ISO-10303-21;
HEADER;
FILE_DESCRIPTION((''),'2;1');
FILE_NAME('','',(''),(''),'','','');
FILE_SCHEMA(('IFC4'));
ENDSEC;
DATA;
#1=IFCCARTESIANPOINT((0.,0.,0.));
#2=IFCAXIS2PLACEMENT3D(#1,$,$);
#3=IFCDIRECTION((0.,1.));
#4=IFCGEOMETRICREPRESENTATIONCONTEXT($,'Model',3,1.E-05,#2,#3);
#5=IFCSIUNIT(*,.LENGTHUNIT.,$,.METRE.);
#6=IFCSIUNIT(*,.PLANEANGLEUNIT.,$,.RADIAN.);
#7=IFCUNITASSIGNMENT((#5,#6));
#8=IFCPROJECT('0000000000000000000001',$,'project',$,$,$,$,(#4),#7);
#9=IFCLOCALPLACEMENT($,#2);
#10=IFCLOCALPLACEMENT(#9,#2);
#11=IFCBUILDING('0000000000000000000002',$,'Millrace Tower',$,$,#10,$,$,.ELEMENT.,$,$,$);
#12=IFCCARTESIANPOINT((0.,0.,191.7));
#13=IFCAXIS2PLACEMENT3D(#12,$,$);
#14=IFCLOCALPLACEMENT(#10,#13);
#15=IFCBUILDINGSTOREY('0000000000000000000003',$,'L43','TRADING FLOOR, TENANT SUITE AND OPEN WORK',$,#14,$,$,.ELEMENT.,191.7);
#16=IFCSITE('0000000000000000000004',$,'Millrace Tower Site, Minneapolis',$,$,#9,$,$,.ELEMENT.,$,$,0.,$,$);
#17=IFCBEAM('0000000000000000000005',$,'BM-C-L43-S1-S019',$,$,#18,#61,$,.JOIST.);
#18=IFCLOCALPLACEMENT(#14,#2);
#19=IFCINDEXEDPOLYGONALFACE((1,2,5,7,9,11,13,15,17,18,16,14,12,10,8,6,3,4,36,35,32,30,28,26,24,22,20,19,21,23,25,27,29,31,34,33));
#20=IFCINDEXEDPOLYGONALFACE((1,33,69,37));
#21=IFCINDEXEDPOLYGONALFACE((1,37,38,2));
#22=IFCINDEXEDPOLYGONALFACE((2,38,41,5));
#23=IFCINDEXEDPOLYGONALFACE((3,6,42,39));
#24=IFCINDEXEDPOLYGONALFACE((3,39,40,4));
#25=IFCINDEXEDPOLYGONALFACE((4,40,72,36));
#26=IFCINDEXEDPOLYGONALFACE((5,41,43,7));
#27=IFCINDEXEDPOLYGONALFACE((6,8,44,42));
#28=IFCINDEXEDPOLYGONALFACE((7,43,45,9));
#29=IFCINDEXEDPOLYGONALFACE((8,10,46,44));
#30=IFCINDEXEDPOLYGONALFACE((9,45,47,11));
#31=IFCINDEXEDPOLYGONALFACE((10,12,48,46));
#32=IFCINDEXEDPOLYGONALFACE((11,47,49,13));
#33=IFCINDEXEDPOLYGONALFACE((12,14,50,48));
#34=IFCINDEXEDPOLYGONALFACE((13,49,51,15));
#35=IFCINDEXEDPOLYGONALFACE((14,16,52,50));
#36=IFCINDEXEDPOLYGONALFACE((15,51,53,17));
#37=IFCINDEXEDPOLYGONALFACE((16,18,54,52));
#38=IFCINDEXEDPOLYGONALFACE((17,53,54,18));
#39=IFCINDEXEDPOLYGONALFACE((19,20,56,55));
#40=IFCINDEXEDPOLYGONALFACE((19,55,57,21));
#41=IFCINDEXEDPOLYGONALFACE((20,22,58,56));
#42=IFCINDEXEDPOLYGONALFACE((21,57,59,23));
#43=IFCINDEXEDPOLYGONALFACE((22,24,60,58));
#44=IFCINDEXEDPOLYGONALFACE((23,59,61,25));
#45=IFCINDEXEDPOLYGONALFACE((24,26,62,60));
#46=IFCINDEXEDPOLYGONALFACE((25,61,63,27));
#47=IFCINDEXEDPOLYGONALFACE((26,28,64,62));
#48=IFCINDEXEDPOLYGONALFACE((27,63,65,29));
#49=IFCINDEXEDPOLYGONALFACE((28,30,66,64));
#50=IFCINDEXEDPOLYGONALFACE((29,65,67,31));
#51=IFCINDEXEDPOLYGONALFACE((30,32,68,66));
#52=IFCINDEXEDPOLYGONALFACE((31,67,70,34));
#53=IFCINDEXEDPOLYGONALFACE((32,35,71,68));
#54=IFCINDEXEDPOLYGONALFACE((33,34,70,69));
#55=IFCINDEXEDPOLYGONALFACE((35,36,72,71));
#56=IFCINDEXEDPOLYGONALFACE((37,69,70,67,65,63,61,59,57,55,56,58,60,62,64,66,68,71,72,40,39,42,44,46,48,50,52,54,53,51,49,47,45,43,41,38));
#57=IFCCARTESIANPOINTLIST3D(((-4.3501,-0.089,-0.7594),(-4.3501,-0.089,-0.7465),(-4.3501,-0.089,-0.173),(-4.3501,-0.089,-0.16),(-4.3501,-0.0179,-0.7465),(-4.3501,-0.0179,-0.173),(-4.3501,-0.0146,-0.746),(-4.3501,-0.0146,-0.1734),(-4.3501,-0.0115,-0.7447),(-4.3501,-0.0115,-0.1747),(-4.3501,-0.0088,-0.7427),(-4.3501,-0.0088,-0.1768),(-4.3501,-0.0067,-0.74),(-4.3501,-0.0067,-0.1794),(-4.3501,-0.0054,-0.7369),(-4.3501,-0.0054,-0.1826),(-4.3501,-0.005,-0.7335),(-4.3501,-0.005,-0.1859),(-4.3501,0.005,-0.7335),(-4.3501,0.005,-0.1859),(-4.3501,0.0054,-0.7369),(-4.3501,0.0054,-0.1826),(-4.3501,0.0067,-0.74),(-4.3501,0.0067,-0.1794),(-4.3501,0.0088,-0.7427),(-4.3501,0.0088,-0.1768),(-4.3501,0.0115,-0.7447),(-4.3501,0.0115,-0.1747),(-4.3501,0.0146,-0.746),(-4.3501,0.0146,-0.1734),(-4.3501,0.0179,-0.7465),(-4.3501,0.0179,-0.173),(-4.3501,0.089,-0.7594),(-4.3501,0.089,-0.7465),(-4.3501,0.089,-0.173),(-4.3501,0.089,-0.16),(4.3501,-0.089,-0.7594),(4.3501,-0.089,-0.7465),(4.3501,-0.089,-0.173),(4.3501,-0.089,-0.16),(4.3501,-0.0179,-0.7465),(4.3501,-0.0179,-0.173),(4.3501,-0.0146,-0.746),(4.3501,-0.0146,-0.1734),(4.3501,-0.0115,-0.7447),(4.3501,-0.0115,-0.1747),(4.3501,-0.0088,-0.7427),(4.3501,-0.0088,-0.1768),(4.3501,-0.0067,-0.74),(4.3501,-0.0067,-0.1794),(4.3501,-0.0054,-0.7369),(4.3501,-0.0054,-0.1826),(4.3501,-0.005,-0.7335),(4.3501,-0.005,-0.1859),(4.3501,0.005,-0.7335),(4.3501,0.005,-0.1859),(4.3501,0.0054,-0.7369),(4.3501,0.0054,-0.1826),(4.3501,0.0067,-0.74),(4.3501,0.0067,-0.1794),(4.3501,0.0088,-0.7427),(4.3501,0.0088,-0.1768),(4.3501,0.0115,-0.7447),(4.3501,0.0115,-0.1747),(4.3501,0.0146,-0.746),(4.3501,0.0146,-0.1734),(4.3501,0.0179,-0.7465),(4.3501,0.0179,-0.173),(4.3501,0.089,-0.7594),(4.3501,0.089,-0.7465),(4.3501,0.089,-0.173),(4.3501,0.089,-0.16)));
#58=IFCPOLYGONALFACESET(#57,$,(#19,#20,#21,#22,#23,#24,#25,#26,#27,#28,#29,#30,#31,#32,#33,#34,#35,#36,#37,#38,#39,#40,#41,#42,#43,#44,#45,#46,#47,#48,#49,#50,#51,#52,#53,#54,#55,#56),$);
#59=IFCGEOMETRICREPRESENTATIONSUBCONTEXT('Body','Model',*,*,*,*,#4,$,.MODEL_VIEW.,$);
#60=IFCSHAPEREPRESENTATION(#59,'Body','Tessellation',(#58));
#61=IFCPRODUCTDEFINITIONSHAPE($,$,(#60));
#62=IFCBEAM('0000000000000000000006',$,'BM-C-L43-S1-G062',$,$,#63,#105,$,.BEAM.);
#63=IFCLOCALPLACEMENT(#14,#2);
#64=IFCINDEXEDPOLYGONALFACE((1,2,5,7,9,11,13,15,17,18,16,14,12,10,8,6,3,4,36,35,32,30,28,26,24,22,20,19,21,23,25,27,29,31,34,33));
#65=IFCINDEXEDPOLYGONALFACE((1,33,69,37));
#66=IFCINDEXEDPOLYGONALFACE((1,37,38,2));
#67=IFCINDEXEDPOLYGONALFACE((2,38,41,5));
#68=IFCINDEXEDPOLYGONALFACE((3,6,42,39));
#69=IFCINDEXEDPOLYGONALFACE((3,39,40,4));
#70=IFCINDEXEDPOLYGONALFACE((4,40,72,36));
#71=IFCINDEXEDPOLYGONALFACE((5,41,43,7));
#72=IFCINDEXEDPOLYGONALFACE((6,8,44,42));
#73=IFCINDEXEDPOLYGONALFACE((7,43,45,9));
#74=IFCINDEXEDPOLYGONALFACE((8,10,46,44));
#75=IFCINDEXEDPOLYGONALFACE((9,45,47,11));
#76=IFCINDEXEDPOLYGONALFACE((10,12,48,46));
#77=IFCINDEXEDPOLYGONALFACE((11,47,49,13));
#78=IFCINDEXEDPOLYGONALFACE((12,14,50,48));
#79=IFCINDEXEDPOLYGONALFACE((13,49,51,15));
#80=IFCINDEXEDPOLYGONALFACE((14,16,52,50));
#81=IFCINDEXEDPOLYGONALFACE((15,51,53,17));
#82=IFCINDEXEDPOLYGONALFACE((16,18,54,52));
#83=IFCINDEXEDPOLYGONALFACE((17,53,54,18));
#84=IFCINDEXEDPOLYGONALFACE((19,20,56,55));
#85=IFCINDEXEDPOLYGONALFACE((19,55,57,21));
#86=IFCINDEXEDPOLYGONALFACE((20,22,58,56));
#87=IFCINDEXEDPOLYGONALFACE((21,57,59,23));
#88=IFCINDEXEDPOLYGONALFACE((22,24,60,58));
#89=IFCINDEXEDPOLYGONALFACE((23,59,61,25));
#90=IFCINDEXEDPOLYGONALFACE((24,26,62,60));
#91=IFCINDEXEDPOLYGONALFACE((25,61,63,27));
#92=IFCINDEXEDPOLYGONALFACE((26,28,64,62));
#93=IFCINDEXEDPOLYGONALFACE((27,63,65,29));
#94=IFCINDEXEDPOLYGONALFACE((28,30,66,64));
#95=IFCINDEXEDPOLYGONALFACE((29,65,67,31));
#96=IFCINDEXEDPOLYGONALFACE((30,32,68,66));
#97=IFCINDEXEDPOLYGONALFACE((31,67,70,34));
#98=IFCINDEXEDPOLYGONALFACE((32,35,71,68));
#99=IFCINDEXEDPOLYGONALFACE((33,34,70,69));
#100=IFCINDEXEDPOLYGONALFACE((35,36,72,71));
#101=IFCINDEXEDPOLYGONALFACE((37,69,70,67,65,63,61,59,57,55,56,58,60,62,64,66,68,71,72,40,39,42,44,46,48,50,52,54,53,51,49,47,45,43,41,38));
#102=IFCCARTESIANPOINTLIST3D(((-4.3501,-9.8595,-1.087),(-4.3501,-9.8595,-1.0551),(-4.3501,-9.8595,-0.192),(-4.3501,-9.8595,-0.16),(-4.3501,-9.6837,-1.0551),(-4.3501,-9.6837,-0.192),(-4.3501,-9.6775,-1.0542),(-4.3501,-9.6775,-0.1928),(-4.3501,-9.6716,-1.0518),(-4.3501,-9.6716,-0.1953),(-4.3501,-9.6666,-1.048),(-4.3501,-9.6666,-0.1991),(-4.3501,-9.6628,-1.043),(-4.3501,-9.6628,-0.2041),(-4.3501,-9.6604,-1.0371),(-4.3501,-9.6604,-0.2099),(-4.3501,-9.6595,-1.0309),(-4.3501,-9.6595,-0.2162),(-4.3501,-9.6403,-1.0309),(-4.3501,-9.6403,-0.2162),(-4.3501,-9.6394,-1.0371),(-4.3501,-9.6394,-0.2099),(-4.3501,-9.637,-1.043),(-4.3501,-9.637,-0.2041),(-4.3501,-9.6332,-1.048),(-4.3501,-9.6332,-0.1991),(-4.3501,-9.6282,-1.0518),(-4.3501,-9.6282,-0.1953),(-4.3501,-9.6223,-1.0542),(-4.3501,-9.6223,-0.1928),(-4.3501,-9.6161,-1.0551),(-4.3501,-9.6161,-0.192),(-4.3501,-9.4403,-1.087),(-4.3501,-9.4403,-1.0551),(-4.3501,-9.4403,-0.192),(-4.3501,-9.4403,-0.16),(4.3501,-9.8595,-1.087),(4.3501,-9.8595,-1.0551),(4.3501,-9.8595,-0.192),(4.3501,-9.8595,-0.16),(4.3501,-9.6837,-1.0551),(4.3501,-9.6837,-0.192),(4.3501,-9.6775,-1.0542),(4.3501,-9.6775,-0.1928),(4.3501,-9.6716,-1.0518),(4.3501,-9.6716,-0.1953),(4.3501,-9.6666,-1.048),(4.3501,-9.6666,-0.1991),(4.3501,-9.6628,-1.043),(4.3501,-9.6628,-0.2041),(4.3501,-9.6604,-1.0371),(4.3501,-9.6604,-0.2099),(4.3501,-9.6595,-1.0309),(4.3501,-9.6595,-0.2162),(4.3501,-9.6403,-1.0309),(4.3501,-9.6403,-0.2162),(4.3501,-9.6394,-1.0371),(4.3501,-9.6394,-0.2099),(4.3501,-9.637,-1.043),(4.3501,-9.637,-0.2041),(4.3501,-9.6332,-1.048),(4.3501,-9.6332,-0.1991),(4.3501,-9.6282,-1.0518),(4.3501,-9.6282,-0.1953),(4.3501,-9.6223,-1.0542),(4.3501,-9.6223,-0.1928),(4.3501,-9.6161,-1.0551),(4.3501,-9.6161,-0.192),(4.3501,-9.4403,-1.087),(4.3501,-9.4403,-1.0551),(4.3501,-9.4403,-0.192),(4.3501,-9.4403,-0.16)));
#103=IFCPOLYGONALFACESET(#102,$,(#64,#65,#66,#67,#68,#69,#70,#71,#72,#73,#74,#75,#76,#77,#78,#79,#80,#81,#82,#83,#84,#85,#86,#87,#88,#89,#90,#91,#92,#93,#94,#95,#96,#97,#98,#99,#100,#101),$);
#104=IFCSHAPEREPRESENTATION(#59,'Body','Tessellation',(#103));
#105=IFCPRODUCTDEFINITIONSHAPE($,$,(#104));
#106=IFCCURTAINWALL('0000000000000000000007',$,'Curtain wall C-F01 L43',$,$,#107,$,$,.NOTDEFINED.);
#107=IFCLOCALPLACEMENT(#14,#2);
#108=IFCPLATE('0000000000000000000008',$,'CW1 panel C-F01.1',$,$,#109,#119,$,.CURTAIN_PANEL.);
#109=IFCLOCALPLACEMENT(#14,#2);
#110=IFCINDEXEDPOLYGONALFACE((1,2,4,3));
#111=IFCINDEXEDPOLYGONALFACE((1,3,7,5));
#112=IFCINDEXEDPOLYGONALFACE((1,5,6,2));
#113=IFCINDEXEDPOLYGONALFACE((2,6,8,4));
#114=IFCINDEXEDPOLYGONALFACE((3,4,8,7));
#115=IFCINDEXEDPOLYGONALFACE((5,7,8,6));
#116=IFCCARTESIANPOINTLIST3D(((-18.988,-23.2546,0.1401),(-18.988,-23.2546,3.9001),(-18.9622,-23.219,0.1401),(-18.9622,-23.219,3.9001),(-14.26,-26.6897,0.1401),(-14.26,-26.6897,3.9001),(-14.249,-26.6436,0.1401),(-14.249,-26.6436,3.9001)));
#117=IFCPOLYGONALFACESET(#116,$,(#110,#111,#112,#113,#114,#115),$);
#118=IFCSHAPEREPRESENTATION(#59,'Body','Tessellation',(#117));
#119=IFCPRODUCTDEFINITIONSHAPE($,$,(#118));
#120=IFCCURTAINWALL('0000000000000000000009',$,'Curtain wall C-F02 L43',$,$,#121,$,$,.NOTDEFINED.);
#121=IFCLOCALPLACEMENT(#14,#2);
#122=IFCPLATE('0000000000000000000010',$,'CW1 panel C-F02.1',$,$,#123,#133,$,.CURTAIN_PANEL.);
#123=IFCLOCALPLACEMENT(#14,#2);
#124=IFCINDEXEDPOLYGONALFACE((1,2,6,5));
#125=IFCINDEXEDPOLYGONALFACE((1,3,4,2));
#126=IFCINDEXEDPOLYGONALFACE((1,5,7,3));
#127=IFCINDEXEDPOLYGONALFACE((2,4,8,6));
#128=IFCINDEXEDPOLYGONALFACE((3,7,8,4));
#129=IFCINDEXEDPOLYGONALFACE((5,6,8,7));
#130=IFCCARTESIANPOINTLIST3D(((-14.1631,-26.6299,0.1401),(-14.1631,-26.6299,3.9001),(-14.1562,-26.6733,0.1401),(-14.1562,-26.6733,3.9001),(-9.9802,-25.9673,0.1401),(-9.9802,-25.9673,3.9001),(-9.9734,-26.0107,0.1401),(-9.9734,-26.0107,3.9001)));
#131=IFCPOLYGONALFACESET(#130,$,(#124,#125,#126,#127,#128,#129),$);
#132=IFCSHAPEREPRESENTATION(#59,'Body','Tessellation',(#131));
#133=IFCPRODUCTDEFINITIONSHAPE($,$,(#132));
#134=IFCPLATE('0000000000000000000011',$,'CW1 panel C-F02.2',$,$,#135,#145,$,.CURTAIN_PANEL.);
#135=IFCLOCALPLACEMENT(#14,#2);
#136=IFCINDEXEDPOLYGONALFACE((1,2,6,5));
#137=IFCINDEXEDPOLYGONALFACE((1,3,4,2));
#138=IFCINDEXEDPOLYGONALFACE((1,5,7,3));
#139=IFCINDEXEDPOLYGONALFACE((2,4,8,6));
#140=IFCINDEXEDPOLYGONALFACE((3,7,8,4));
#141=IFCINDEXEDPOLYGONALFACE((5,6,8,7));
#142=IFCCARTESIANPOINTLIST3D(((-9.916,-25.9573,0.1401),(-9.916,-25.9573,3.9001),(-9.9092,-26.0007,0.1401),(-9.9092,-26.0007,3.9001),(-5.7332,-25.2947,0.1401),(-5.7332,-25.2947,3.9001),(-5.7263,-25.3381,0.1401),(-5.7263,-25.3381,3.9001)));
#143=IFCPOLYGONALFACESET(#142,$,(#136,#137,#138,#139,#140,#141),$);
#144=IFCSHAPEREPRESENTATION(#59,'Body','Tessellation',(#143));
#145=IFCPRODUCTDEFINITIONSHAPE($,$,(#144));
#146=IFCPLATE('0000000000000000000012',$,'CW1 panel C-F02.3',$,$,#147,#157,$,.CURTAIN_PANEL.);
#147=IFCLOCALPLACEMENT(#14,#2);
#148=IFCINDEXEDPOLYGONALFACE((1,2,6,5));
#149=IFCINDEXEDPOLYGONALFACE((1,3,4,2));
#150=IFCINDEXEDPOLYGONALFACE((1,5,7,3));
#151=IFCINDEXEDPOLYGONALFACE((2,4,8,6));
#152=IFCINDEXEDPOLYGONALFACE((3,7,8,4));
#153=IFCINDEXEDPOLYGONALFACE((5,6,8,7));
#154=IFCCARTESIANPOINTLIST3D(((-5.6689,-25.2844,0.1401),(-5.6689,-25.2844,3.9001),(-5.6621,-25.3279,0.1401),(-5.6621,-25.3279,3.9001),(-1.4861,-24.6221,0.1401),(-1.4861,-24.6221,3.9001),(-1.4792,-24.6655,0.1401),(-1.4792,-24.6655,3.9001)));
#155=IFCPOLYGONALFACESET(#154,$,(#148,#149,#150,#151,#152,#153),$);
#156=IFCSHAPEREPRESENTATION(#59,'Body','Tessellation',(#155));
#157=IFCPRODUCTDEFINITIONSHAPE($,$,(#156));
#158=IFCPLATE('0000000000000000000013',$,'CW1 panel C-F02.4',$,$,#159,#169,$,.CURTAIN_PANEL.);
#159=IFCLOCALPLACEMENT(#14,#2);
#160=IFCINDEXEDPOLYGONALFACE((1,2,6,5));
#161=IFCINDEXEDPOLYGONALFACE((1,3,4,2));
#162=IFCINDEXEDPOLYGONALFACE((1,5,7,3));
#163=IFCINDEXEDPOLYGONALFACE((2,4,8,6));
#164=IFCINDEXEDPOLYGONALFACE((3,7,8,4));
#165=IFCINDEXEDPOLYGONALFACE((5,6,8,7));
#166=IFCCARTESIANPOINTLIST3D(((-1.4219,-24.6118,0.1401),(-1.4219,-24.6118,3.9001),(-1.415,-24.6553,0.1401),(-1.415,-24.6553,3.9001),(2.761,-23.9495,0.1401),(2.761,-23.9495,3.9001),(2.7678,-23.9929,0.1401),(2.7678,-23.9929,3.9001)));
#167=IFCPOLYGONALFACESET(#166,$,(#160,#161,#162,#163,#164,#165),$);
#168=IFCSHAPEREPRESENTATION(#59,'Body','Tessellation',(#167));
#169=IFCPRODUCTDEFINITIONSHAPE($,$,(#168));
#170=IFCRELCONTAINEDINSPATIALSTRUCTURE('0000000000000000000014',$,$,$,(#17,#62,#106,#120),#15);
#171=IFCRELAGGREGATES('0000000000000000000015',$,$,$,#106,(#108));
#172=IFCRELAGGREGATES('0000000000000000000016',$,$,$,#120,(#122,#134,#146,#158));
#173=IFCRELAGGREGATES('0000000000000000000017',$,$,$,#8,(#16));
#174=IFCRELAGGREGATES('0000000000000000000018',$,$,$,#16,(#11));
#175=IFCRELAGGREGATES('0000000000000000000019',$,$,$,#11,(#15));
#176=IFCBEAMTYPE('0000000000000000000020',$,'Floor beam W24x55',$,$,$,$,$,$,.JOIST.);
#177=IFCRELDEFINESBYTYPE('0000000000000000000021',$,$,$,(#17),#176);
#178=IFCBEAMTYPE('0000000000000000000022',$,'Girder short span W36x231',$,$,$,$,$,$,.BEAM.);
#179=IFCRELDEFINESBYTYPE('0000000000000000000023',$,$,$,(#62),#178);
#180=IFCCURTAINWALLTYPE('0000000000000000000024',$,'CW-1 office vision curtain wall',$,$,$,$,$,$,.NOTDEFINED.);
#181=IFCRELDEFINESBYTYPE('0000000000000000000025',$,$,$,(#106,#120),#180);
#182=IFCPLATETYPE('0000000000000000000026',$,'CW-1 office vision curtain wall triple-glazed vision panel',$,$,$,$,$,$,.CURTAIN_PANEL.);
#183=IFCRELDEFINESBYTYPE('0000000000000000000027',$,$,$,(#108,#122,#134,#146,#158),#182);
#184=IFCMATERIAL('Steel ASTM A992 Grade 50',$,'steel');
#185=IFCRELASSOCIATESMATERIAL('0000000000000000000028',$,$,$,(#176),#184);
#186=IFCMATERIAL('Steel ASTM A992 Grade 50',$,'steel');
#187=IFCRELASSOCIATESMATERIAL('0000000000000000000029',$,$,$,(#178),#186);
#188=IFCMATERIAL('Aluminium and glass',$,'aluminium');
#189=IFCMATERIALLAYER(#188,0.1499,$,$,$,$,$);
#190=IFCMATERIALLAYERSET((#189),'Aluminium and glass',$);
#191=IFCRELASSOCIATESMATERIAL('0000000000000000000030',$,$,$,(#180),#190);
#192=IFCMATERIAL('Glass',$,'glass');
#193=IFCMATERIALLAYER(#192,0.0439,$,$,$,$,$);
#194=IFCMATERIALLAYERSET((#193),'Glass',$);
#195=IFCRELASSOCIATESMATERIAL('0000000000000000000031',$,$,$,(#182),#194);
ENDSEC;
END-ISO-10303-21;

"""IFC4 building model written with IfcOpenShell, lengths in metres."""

from ifc_helpers import new_model, si_unit, direction, frame, origin, origin_2d, place, context, subcontext, project, spatial, polyline, i_section, outline, extrude, material, layer, layer_set, material_profile, profile_set, type_object, element, aggregate, save


model = new_model("IFC4")

# Units and contexts
model_context = context("Model", 3, precision=1e-05, world=origin(), true_north=direction((0.0, 1.0)))
body_context = subcontext(model_context, "Body", "Model", "MODEL_VIEW")
ifc_project = project(units=[si_unit("LENGTHUNIT", "METRE"), si_unit("PLANEANGLEUNIT", "RADIAN")], contexts=[model_context])

# Site, building, storey
site_placement = place(None, origin())
site = spatial("IfcSite", under=ifc_project, at=site_placement, Name="Millrace Tower Site, Minneapolis", CompositionType="ELEMENT", RefElevation=0.0)
building_placement = place(site_placement, origin())
building = spatial("IfcBuilding", under=site, at=building_placement, Name="Millrace Tower", CompositionType="ELEMENT")
storey_placement = place(building_placement, frame((0.0, 0.0, 191.7)))
storey = spatial("IfcBuildingStorey", under=building, at=storey_placement, Name="L43", Description="TRADING FLOOR, TENANT SUITE AND OPEN WORK", CompositionType="ELEMENT", Elevation=191.7)

# Beams
ifc_material_1 = material(Name="Steel ASTM A992 Grade 50", Category="steel")
ifc_material_profile_1 = material_profile(ifc_material_1, i_section(OverallWidth=0.178, OverallDepth=0.5994, WebThickness=0.01, FlangeThickness=0.0129, FilletRadius=0.0129, at=origin_2d()))
ifc_profile_set_1 = profile_set([ifc_material_profile_1], Name="Steel ASTM A992 Grade 50")
beam_type_1 = type_object("IfcBeamType", Name="Floor beam W24x55", PredefinedType="JOIST", material=ifc_profile_set_1)
for number, where, z_axis, x_axis, name in (
    (1, (-4.3501, 0.0, -0.4597), (1.0, 0.0, 0.0), (0.0, 1.0, 0.0), "BM-C-L43-S1-S019"),
):
    element("IfcBeam", number, at=place(storey_placement, frame(where, z_axis=z_axis, x_axis=x_axis)), inside=storey, type_object=beam_type_1, Name=name, PredefinedType="JOIST", context=body_context, shape_type="SweptSolid", body=[
        extrude(i_section(OverallWidth=0.178, OverallDepth=0.5994, WebThickness=0.01, FlangeThickness=0.0129, FilletRadius=0.0129, at=origin_2d()), origin(), (0.0, 0.0, 1.0), 8.7002),
    ])
ifc_material_2 = material(Name="Steel ASTM A992 Grade 50", Category="steel")
ifc_material_profile_2 = material_profile(ifc_material_2, i_section(OverallWidth=0.4192, OverallDepth=0.927, WebThickness=0.0193, FlangeThickness=0.032, FilletRadius=0.0242, at=origin_2d()))
ifc_profile_set_2 = profile_set([ifc_material_profile_2], Name="Steel ASTM A992 Grade 50")
beam_type_2 = type_object("IfcBeamType", Name="Girder short span W36x231", PredefinedType="BEAM", material=ifc_profile_set_2)
beam_1_placement = place(storey_placement, frame((-4.3501, -9.6499, -0.6235), z_axis=(1.0, 0.0, 0.0), x_axis=(0.0, 1.0, 0.0)))
element("IfcBeam", 2, at=beam_1_placement, inside=storey, type_object=beam_type_2, Name="BM-C-L43-S1-G062", PredefinedType="BEAM", context=body_context, shape_type="SweptSolid", body=[
    extrude(i_section(OverallWidth=0.4192, OverallDepth=0.927, WebThickness=0.0193, FlangeThickness=0.032, FilletRadius=0.0242, at=origin_2d()), origin(), (0.0, 0.0, 1.0), 8.7002),
])

# Curtain wall, plate
ifc_material_3 = material(Name="Aluminium and glass", Category="aluminium")
ifc_layer_1 = layer(ifc_material_3, 0.1499)
ifc_layer_set_1 = layer_set([ifc_layer_1], Name="Aluminium and glass")
curtain_wall_type = type_object("IfcCurtainWallType", Name="CW-1 office vision curtain wall", PredefinedType="NOTDEFINED", material=ifc_layer_set_1)
placement_1 = place(storey_placement, origin())
curtain_wall_1 = element("IfcCurtainWall", 3, at=placement_1, inside=storey, type_object=curtain_wall_type, Name="Curtain wall C-F01 L43", PredefinedType="NOTDEFINED")
ifc_material_4 = material(Name="Glass", Category="glass")
ifc_layer_2 = layer(ifc_material_4, 0.0439)
ifc_layer_set_2 = layer_set([ifc_layer_2], Name="Glass")
plate_type = type_object("IfcPlateType", Name="CW-1 office vision curtain wall triple-glazed vision panel", PredefinedType="CURTAIN_PANEL", material=ifc_layer_set_2)
placement_2 = place(storey_placement, frame((0.0, 0.0, 0.1401)))
plate_1 = element("IfcPlate", 4, at=placement_2, type_object=plate_type, Name="CW1 panel C-F01.1", PredefinedType="CURTAIN_PANEL", context=body_context, shape_type="SweptSolid", body=[
    extrude(outline(polyline([(-18.988, -23.2546), (-14.26, -26.6897), (-14.249, -26.6436), (-18.9622, -23.219), (-18.988, -23.2546)])), origin(), (0.0, 0.0, 1.0), 3.76),
])
aggregate(curtain_wall_1, [plate_1])

# Curtain wall, plates
curtain_wall_2 = element("IfcCurtainWall", 5, at=placement_1, inside=storey, type_object=curtain_wall_type, Name="Curtain wall C-F02 L43", PredefinedType="NOTDEFINED")
plate_2 = element("IfcPlate", 6, at=placement_2, type_object=plate_type, Name="CW1 panel C-F02.1", PredefinedType="CURTAIN_PANEL", context=body_context, shape_type="SweptSolid", body=[
    extrude(outline(polyline([(-14.1562, -26.6733), (-9.9734, -26.0107), (-9.9802, -25.9673), (-14.1631, -26.6299), (-14.1562, -26.6733)])), origin(), (0.0, 0.0, 1.0), 3.76),
])
plate_3 = element("IfcPlate", 7, at=placement_2, type_object=plate_type, Name="CW1 panel C-F02.2", PredefinedType="CURTAIN_PANEL", context=body_context, shape_type="SweptSolid", body=[
    extrude(outline(polyline([(-9.9092, -26.0007), (-5.7263, -25.3381), (-5.7332, -25.2947), (-9.916, -25.9573), (-9.9092, -26.0007)])), origin(), (0.0, 0.0, 1.0), 3.76),
])
plate_4 = element("IfcPlate", 8, at=placement_2, type_object=plate_type, Name="CW1 panel C-F02.3", PredefinedType="CURTAIN_PANEL", context=body_context, shape_type="SweptSolid", body=[
    extrude(outline(polyline([(-5.6621, -25.3279), (-1.4792, -24.6655), (-1.4861, -24.6221), (-5.6689, -25.2844), (-5.6621, -25.3279)])), origin(), (0.0, 0.0, 1.0), 3.76),
])
plate_5 = element("IfcPlate", 9, at=placement_2, type_object=plate_type, Name="CW1 panel C-F02.4", PredefinedType="CURTAIN_PANEL", context=body_context, shape_type="SweptSolid", body=[
    extrude(outline(polyline([(-1.415, -24.6553), (2.7678, -23.9929), (2.761, -23.9495), (-1.4219, -24.6118), (-1.415, -24.6553)])), origin(), (0.0, 0.0, 1.0), 3.76),
])
aggregate(curtain_wall_2, [plate_2, plate_3, plate_4, plate_5])

save(model, "model.ifc")
